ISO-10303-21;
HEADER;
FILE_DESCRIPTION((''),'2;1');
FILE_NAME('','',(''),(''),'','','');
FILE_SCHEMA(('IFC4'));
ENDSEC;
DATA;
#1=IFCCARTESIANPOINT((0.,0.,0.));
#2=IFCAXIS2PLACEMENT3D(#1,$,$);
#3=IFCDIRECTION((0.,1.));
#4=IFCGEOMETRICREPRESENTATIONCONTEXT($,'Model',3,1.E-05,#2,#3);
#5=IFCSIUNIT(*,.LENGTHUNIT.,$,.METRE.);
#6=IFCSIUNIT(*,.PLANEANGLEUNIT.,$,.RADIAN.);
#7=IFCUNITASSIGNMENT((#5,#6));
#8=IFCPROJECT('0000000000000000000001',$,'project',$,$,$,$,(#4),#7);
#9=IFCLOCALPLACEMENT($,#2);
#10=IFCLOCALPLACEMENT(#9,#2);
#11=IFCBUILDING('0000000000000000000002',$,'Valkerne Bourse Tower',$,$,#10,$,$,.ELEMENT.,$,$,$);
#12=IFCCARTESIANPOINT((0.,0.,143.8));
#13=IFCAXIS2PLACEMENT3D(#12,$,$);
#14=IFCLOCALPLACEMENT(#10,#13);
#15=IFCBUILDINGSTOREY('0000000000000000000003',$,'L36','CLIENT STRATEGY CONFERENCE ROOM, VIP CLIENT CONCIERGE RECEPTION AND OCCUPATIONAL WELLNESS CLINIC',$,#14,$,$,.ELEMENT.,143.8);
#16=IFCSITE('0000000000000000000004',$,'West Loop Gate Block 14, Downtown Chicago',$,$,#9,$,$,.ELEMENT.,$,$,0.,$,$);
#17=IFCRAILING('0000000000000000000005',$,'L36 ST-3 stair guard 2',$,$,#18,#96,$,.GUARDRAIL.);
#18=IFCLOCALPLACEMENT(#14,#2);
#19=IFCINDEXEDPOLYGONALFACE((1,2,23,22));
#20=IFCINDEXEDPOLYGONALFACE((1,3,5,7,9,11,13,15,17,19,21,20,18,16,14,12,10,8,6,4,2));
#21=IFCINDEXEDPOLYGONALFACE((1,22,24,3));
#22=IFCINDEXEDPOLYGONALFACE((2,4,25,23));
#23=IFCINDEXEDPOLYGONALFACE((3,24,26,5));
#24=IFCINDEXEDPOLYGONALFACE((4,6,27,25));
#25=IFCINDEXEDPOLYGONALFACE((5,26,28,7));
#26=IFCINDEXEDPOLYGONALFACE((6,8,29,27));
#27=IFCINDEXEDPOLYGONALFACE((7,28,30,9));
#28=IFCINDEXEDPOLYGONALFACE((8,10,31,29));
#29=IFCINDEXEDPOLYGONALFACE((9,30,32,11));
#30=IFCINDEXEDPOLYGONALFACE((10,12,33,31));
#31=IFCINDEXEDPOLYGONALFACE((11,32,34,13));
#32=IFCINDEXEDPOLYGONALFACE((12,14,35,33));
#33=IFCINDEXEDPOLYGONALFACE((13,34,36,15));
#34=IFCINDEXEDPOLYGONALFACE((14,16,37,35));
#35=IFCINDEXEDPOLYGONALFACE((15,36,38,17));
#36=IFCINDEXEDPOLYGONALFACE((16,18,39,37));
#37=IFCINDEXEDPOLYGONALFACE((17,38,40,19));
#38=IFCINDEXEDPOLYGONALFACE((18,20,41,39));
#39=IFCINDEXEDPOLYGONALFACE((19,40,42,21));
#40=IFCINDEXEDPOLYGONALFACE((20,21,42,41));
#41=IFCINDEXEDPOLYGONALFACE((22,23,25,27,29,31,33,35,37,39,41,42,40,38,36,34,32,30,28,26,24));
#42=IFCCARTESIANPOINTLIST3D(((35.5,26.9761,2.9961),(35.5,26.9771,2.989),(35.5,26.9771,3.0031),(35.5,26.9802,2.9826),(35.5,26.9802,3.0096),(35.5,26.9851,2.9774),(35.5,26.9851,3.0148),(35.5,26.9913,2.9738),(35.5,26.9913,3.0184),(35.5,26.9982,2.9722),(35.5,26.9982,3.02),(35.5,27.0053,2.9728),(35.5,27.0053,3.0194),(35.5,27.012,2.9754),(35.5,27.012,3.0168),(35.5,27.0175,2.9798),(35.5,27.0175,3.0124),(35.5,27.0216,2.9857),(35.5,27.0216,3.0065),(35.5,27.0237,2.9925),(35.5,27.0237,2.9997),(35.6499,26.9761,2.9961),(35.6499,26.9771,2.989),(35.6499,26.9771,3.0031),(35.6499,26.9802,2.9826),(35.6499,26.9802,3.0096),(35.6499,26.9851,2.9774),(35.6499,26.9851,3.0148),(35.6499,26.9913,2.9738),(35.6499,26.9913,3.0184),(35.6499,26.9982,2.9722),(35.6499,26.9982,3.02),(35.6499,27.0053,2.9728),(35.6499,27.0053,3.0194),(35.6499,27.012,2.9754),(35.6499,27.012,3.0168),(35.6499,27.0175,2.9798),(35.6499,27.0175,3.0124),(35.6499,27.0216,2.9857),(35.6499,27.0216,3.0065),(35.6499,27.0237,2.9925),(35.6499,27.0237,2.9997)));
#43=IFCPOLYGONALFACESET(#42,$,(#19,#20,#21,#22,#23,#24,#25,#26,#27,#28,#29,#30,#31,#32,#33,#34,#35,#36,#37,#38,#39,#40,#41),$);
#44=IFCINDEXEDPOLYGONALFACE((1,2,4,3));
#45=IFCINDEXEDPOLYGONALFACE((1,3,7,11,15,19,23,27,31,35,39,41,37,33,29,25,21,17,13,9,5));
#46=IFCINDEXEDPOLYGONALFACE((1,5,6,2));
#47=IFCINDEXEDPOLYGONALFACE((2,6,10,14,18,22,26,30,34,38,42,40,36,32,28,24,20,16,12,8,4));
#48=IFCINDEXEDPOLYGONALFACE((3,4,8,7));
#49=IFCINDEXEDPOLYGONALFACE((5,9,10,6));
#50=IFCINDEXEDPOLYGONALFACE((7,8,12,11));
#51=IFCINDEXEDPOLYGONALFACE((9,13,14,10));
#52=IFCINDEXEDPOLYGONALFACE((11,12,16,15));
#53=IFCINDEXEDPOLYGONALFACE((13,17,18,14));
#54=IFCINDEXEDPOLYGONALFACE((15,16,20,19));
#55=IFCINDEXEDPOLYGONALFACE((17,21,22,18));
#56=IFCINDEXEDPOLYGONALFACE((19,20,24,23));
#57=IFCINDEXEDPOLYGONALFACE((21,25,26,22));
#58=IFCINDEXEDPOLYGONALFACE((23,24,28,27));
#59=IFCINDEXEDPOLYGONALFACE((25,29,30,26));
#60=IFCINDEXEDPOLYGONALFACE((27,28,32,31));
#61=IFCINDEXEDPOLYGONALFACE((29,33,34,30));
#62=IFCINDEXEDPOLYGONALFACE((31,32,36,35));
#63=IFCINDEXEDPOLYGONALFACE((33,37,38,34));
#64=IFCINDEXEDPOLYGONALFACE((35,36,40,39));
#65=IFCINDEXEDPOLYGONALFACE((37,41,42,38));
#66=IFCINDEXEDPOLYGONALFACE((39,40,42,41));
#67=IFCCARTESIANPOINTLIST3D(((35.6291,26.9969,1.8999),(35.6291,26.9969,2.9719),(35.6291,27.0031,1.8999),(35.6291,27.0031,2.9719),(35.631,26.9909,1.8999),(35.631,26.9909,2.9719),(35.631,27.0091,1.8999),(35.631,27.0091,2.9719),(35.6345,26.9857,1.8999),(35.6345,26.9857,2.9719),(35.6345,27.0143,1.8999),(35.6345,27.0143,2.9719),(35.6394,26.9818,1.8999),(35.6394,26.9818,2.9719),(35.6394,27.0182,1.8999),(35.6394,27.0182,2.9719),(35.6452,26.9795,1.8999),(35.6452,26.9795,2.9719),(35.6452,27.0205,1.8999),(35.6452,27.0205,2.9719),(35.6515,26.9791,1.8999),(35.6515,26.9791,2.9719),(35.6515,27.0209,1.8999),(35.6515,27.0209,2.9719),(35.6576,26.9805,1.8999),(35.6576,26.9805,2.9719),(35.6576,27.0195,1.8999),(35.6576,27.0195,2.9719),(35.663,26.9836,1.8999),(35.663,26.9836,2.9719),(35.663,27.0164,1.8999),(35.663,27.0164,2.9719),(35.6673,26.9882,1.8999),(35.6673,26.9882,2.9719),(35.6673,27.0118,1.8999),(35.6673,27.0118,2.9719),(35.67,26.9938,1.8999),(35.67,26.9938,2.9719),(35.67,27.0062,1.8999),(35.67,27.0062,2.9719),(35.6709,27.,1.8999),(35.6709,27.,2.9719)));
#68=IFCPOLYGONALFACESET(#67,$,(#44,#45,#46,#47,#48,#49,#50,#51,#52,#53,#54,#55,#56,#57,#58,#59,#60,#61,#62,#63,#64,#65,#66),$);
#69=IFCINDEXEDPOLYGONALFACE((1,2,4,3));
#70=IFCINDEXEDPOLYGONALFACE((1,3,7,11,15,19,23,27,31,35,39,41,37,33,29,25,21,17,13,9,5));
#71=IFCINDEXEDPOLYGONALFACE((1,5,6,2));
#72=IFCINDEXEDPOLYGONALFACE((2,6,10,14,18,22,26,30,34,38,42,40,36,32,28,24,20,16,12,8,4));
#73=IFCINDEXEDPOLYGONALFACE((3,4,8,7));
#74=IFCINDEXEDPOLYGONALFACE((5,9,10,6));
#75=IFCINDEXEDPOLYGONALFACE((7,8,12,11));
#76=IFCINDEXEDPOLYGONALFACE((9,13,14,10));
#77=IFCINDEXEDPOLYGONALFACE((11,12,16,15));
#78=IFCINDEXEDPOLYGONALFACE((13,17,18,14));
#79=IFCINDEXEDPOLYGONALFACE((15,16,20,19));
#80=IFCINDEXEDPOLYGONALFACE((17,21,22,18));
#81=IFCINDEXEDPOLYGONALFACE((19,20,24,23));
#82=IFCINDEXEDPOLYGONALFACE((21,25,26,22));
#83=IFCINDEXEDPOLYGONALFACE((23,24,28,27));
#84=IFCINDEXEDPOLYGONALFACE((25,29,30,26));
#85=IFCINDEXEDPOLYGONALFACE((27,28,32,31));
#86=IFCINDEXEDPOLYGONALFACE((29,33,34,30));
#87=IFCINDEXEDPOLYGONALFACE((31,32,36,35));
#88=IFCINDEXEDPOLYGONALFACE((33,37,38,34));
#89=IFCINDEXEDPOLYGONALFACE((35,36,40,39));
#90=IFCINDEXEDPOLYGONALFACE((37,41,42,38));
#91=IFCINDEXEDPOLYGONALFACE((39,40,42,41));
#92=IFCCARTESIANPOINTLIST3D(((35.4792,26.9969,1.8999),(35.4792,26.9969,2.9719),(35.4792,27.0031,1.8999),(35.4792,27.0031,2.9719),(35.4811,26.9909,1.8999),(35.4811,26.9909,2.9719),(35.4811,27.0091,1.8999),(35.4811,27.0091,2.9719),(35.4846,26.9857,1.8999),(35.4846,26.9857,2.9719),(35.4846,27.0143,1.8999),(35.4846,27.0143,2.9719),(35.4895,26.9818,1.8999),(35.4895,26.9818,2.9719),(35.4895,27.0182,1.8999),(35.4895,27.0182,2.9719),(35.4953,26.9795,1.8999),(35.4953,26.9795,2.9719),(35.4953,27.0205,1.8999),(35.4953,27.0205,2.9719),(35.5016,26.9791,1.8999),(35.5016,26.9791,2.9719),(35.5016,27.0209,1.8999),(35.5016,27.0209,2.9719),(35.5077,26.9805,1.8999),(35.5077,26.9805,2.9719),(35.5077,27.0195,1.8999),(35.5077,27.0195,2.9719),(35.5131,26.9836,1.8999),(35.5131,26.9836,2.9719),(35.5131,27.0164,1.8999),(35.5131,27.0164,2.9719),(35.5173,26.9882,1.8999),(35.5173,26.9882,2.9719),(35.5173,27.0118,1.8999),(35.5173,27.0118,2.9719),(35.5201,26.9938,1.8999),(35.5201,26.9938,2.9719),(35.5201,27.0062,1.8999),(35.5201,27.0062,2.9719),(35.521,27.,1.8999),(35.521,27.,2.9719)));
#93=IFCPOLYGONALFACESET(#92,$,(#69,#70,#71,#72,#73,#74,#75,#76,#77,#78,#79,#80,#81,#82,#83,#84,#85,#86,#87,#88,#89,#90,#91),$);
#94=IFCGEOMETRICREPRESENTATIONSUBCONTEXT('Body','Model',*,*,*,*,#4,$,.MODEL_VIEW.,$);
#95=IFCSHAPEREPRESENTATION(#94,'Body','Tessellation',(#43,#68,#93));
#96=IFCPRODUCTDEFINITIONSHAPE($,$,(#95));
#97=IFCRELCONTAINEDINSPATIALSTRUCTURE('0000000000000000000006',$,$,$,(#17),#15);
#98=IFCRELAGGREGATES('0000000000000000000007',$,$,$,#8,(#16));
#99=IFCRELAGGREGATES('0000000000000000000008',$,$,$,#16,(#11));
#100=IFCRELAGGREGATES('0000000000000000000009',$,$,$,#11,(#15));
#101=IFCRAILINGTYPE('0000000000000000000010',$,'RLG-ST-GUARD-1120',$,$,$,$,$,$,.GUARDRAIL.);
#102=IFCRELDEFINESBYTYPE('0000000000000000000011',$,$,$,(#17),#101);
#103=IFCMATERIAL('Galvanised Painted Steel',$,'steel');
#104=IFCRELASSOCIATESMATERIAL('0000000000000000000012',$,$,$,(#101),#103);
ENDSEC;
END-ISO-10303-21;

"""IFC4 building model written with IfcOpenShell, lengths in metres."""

from ifc_helpers import new_model, si_unit, direction, frame, origin, origin_2d, place, context, subcontext, project, spatial, circle, extrude, material, type_object, element, save


model = new_model("IFC4")

# Units and contexts
model_context = context("Model", 3, precision=1e-05, world=origin(), true_north=direction((0.0, 1.0)))
body_context = subcontext(model_context, "Body", "Model", "MODEL_VIEW")
ifc_project = project(units=[si_unit("LENGTHUNIT", "METRE"), si_unit("PLANEANGLEUNIT", "RADIAN")], contexts=[model_context])

# Site, building, storey
site_placement = place(None, origin())
site = spatial("IfcSite", under=ifc_project, at=site_placement, Name="West Loop Gate Block 14, Downtown Chicago", CompositionType="ELEMENT", RefElevation=0.0)
building_placement = place(site_placement, origin())
building = spatial("IfcBuilding", under=site, at=building_placement, Name="Valkerne Bourse Tower", CompositionType="ELEMENT")
storey_placement = place(building_placement, frame((0.0, 0.0, 143.8)))
storey = spatial("IfcBuildingStorey", under=building, at=storey_placement, Name="L36", Description="CLIENT STRATEGY CONFERENCE ROOM, VIP CLIENT CONCIERGE RECEPTION AND OCCUPATIONAL WELLNESS CLINIC", CompositionType="ELEMENT", Elevation=143.8)

# Railing
ifc_material_1 = material(Name="Galvanised Painted Steel", Category="steel")
railing_type_1 = type_object("IfcRailingType", Name="RLG-ST-GUARD-1120", PredefinedType="GUARDRAIL", material=ifc_material_1)
railing_1_placement = place(storey_placement, frame((35.6499, 27.0, 1.8999)))
element("IfcRailing", 1, at=railing_1_placement, inside=storey, type_object=railing_type_1, Name="L36 ST-3 stair guard 2", PredefinedType="GUARDRAIL", context=body_context, shape_type="SweptSolid", body=[
    extrude(circle(Radius=0.0239, at=origin_2d()), frame((0.0, 0.0, 1.0962), z_axis=(-1.0, 0.0, 0.0), x_axis=(0.0, -1.0, 0.0)), (0.0, 0.0, 1.0), 0.1499),
    extrude(circle(Radius=0.021, at=origin_2d()), origin(), (0.0, 0.0, 1.0), 1.072),
    extrude(circle(Radius=0.021, at=origin_2d()), frame((-0.1499, 0.0, 0.0)), (0.0, 0.0, 1.0), 1.072),
])

save(model, "model.ifc")
